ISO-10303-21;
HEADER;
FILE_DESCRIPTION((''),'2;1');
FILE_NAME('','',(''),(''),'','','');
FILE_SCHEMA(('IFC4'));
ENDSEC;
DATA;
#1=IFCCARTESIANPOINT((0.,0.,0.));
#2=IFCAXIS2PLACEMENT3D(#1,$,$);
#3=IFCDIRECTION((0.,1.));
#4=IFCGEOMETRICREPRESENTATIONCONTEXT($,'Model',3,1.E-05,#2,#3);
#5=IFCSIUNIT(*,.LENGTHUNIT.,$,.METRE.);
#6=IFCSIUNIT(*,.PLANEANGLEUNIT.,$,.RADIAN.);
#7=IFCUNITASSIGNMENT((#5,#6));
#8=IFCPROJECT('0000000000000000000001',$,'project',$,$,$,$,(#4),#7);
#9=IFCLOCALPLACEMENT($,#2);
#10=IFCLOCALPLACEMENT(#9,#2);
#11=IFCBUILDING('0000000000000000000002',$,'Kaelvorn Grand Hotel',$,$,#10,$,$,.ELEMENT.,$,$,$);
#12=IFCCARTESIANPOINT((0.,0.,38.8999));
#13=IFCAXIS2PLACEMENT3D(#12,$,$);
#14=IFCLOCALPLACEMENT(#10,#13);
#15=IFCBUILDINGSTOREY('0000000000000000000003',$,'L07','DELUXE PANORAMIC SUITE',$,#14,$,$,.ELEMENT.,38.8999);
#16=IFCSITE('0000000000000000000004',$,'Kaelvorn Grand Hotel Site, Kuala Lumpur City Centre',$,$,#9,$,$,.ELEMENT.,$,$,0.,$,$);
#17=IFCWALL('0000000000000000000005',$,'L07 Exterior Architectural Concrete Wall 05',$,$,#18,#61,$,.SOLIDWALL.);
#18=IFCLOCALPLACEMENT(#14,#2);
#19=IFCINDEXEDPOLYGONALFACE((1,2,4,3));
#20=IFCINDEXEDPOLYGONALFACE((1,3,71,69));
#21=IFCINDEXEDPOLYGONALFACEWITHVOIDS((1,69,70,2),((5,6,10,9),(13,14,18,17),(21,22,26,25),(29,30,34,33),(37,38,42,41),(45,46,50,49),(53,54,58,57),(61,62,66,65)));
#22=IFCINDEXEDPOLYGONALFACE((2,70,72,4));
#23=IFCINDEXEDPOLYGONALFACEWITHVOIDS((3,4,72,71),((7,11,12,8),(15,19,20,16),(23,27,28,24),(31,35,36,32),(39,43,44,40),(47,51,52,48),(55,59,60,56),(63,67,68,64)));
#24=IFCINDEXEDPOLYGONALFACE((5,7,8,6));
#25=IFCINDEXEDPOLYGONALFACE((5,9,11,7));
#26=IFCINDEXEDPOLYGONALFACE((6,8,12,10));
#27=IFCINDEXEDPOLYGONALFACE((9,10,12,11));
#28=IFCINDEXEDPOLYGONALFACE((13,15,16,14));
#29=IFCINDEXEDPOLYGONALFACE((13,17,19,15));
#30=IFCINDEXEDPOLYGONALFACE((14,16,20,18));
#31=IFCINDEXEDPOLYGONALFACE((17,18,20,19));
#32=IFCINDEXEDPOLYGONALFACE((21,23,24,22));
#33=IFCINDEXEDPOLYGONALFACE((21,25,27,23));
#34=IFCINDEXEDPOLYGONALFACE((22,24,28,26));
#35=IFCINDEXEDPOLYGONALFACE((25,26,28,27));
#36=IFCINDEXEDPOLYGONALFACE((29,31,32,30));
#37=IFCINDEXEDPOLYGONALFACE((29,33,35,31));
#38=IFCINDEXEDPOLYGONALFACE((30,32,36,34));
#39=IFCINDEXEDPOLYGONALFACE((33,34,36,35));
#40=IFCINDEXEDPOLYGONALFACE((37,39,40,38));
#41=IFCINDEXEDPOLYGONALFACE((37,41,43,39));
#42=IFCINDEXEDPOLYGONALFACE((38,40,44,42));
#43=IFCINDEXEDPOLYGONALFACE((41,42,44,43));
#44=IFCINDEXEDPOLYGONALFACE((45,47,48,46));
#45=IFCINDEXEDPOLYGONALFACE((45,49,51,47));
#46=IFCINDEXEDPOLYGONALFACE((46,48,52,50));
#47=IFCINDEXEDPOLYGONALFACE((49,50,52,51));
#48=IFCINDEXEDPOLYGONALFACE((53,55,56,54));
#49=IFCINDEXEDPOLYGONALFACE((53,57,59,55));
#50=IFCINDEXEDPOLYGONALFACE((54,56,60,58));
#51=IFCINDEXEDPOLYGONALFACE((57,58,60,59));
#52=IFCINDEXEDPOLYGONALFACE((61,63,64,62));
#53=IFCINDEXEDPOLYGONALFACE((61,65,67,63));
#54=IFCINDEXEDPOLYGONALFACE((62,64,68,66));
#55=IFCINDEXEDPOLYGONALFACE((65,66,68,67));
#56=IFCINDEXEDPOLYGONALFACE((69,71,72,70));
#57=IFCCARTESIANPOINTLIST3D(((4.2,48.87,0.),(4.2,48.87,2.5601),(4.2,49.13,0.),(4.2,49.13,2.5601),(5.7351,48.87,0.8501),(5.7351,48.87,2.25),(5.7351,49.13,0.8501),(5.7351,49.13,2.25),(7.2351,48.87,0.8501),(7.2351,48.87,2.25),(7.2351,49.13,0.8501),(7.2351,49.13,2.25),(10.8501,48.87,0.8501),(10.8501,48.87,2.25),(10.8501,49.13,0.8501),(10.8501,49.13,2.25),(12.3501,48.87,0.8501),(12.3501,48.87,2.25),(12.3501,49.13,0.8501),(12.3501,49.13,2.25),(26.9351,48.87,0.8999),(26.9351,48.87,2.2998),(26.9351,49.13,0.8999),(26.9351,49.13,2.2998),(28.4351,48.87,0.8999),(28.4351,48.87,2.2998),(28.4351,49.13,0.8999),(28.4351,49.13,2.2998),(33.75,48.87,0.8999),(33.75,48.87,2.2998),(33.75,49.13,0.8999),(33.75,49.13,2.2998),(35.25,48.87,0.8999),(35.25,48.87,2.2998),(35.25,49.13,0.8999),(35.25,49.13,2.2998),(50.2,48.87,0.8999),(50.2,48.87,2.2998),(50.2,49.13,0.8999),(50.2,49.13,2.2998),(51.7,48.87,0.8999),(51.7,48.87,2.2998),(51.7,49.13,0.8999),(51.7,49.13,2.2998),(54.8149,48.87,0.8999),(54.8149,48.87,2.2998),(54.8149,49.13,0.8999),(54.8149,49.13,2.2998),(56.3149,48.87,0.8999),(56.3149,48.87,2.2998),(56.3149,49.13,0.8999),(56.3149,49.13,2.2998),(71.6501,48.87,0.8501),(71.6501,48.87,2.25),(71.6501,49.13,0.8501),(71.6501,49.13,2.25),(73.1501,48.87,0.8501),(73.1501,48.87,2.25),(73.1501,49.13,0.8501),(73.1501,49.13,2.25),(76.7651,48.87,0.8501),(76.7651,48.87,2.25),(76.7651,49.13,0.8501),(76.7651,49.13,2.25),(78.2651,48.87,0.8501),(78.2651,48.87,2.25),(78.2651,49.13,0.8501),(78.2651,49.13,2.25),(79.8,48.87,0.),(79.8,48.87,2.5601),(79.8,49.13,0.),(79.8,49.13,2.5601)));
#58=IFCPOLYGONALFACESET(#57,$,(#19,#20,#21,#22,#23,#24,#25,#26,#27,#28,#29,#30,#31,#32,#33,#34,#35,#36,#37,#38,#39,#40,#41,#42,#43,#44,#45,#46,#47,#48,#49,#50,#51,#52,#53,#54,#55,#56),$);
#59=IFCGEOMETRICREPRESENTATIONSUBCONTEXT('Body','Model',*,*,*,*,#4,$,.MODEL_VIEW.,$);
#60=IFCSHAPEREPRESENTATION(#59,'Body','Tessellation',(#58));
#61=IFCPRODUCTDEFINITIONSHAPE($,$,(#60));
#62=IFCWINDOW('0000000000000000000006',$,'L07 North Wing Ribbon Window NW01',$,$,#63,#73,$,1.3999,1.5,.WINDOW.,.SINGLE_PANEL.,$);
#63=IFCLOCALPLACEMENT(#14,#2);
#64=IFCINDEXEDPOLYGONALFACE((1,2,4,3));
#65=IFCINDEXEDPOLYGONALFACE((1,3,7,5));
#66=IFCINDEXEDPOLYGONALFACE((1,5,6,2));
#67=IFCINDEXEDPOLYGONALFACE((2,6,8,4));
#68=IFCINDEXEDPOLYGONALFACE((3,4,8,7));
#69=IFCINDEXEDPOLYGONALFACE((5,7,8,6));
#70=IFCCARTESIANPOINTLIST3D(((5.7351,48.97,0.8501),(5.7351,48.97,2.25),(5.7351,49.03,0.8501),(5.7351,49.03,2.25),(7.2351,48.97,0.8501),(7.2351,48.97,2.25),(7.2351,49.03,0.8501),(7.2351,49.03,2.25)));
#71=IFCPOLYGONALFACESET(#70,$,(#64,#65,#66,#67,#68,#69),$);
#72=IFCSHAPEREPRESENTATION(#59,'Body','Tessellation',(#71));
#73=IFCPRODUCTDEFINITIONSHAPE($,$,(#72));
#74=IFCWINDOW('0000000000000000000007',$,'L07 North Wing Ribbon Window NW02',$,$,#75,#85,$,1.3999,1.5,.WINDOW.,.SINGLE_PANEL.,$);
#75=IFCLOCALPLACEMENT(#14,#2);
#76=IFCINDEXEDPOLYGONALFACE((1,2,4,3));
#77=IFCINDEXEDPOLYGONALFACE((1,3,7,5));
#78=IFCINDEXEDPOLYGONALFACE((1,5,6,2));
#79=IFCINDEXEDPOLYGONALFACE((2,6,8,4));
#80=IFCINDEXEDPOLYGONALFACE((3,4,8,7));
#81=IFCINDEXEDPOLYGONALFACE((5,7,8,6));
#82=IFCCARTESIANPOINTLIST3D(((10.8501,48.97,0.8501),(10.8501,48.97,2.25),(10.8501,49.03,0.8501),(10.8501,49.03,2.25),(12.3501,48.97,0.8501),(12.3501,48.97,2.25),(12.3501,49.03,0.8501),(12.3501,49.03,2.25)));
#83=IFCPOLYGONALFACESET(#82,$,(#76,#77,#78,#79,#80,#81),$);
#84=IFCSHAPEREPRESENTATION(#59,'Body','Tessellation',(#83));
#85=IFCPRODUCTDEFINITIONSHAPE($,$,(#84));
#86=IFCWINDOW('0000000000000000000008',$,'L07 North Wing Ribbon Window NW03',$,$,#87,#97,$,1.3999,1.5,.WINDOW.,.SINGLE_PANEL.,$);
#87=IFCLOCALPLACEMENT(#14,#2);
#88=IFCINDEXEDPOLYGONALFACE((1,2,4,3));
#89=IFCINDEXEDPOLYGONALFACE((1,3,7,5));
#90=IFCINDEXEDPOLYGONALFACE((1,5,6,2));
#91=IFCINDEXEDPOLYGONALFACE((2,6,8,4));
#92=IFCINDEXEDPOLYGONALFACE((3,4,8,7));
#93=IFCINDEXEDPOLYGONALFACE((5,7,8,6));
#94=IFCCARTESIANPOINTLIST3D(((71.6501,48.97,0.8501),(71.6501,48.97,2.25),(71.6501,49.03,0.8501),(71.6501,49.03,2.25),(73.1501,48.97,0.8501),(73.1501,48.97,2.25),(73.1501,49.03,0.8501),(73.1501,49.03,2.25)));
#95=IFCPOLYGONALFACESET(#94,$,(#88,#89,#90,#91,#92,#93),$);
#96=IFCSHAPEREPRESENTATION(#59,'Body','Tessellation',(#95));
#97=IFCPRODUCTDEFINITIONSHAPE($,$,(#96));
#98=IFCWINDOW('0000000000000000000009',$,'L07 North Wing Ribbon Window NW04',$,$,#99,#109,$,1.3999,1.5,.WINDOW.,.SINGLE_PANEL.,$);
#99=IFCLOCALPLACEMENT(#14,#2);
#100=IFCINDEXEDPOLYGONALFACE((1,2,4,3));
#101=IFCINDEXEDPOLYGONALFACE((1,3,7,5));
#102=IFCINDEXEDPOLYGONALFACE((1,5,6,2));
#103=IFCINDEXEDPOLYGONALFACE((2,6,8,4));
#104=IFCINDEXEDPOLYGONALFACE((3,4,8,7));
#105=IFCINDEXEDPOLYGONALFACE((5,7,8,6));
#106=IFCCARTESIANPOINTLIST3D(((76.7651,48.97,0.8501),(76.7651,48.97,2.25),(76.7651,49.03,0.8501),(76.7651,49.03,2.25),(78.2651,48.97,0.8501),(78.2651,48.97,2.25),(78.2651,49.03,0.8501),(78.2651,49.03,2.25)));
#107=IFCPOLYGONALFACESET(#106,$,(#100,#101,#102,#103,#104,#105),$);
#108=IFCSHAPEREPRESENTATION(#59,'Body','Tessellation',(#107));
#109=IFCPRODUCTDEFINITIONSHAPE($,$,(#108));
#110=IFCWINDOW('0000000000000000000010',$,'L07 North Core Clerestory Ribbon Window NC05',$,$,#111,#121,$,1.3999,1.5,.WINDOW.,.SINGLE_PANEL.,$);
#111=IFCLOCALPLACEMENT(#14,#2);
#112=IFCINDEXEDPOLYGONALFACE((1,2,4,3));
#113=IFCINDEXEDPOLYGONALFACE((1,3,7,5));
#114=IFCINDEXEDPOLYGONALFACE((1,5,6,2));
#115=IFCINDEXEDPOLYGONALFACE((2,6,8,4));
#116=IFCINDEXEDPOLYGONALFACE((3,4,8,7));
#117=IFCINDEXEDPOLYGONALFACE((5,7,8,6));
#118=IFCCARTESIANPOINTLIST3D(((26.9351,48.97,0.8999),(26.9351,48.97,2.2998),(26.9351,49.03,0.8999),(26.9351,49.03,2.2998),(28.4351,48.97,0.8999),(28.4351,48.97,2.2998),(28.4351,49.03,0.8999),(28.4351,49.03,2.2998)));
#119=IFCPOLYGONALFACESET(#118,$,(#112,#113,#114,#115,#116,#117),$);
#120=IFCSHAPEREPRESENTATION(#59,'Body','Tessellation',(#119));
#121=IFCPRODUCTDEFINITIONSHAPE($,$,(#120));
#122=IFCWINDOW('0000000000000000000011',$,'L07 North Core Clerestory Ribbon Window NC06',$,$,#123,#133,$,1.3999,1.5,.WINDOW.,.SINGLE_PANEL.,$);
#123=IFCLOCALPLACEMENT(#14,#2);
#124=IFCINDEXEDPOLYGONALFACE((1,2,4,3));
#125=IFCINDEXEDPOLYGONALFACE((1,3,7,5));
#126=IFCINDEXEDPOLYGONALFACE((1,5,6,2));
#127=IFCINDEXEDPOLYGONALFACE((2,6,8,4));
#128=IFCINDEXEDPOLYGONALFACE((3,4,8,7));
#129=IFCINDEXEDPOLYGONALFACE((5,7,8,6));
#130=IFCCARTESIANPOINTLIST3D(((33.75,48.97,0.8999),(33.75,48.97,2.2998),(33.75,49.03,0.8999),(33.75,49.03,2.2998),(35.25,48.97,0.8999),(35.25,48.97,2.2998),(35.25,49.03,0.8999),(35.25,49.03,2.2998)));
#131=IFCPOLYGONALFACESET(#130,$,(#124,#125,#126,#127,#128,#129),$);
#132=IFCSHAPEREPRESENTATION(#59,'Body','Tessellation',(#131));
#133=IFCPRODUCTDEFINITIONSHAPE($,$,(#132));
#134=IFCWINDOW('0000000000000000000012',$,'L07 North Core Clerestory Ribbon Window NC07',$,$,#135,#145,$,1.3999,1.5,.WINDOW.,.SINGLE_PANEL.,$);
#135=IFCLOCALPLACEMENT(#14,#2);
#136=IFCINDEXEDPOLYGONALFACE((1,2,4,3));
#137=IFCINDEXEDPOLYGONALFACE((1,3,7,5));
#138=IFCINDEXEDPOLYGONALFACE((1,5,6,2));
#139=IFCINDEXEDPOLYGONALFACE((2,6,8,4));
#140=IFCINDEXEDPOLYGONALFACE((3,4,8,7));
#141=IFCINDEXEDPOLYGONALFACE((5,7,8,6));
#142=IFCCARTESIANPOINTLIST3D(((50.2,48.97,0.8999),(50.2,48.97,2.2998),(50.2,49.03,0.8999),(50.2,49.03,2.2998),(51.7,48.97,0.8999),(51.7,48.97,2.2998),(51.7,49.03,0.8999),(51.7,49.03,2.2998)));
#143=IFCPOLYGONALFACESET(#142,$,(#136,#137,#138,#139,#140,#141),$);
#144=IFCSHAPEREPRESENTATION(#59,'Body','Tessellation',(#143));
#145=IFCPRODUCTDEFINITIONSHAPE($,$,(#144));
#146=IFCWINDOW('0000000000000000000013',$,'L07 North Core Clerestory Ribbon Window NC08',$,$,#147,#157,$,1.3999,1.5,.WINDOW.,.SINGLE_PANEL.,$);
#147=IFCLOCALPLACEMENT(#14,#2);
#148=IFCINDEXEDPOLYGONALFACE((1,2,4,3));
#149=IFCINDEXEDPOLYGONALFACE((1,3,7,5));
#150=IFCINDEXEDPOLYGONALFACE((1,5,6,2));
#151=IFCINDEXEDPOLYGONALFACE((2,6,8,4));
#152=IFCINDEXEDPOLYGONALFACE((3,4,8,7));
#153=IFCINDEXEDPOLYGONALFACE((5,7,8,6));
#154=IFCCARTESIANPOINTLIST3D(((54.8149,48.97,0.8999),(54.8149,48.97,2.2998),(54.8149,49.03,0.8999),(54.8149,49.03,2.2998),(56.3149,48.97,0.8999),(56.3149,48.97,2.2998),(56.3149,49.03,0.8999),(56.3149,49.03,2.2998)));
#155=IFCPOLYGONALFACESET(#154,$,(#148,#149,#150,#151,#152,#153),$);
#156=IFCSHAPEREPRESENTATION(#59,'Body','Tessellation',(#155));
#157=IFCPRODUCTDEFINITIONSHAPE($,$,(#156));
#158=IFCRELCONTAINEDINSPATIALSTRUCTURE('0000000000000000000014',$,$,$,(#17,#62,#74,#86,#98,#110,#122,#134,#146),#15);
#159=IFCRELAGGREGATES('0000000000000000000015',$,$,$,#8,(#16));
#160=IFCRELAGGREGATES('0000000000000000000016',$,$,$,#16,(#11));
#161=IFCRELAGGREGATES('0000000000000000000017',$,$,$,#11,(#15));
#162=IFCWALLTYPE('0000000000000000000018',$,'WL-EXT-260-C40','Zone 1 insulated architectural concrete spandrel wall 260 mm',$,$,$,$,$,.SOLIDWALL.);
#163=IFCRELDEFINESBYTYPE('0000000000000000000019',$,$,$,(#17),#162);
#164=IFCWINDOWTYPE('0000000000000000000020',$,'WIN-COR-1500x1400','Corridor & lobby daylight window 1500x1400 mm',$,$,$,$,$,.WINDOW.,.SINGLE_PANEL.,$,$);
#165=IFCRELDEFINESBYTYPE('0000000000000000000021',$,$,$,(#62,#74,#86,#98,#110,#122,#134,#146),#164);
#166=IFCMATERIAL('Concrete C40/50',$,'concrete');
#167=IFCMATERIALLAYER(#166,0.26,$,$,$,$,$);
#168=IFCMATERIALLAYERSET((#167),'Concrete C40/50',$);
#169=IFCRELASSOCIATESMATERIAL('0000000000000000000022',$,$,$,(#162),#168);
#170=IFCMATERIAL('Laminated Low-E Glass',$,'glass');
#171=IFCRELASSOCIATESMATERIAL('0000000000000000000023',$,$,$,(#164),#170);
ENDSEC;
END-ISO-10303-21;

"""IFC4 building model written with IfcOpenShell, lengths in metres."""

from ifc_helpers import new_model, si_unit, direction, frame, frame_2d, origin, place, context, subcontext, project, spatial, rectangle, extrude, material, layer, layer_set, type_object, element, fill, save


model = new_model("IFC4")

# Units and contexts
model_context = context("Model", 3, precision=1e-05, world=origin(), true_north=direction((0.0, 1.0)))
body_context = subcontext(model_context, "Body", "Model", "MODEL_VIEW")
ifc_project = project(units=[si_unit("LENGTHUNIT", "METRE"), si_unit("PLANEANGLEUNIT", "RADIAN")], contexts=[model_context])

# Site, building, storey
site_placement = place(None, origin())
site = spatial("IfcSite", under=ifc_project, at=site_placement, Name="Kaelvorn Grand Hotel Site, Kuala Lumpur City Centre", CompositionType="ELEMENT", RefElevation=0.0)
building_placement = place(site_placement, origin())
building = spatial("IfcBuilding", under=site, at=building_placement, Name="Kaelvorn Grand Hotel", CompositionType="ELEMENT")
storey_placement = place(building_placement, frame((0.0, 0.0, 38.8999)))
storey = spatial("IfcBuildingStorey", under=building, at=storey_placement, Name="L07", Description="DELUXE PANORAMIC SUITE", CompositionType="ELEMENT", Elevation=38.8999)

# Shared definitions
ifc_material_1 = material(Name="Concrete C40/50", Category="concrete")
ifc_layer_1 = layer(ifc_material_1, 0.26)
ifc_layer_set_1 = layer_set([ifc_layer_1], Name="Concrete C40/50")
wall_type_1 = type_object("IfcWallType", Name="WL-EXT-260-C40", Description="Zone 1 insulated architectural concrete spandrel wall 260 mm", PredefinedType="SOLIDWALL", material=ifc_layer_set_1)

# Wall, openings, windows
wall_1_placement = place(storey_placement, frame((79.8, 49.0, 0.0), z_axis=(0.0, 0.0, 1.0), x_axis=(-1.0, 0.0, 0.0)))
wall_1 = element("IfcWall", 1, at=wall_1_placement, inside=storey, type_object=wall_type_1, Name="L07 Exterior Architectural Concrete Wall 05", PredefinedType="SOLIDWALL", context=body_context, shape_type="SweptSolid", body=[
    extrude(rectangle(XDim=75.6001, YDim=0.26, at=frame_2d((37.8, 0.0))), origin(), (0.0, 0.0, 1.0), 2.5601),
])
opening_1_placement = place(wall_1_placement, frame((72.5649, 0.0, 0.8501)))
opening_1 = element("IfcOpeningElement", 2, at=opening_1_placement, cuts=wall_1, PredefinedType="OPENING", context=body_context, shape_type="SweptSolid", body=[
    extrude(rectangle(XDim=1.5, YDim=1.3999, at=frame_2d((0.75, 0.7))), frame((0.0, 0.1401, 0.0), z_axis=(0.0, -1.0, 0.0), x_axis=(1.0, 0.0, 0.0)), (0.0, 0.0, 1.0), 0.28),
])
opening_2_placement = place(wall_1_placement, frame((67.45, 0.0, 0.8501)))
opening_2 = element("IfcOpeningElement", 3, at=opening_2_placement, cuts=wall_1, PredefinedType="OPENING", context=body_context, shape_type="SweptSolid", body=[
    extrude(rectangle(XDim=1.5, YDim=1.3999, at=frame_2d((0.75, 0.7))), frame((0.0, 0.1401, 0.0), z_axis=(0.0, -1.0, 0.0), x_axis=(1.0, 0.0, 0.0)), (0.0, 0.0, 1.0), 0.28),
])
opening_3_placement = place(wall_1_placement, frame((6.6499, 0.0, 0.8501)))
opening_3 = element("IfcOpeningElement", 4, at=opening_3_placement, cuts=wall_1, PredefinedType="OPENING", context=body_context, shape_type="SweptSolid", body=[
    extrude(rectangle(XDim=1.5, YDim=1.3999, at=frame_2d((0.75, 0.7))), frame((0.0, 0.1401, 0.0), z_axis=(0.0, -1.0, 0.0), x_axis=(1.0, 0.0, 0.0)), (0.0, 0.0, 1.0), 0.28),
])
opening_4_placement = place(wall_1_placement, frame((1.5349, 0.0, 0.8501)))
opening_4 = element("IfcOpeningElement", 5, at=opening_4_placement, cuts=wall_1, PredefinedType="OPENING", context=body_context, shape_type="SweptSolid", body=[
    extrude(rectangle(XDim=1.5, YDim=1.3999, at=frame_2d((0.75, 0.7))), frame((0.0, 0.1401, 0.0), z_axis=(0.0, -1.0, 0.0), x_axis=(1.0, 0.0, 0.0)), (0.0, 0.0, 1.0), 0.28),
])
opening_5_placement = place(wall_1_placement, frame((51.365, 0.0, 0.8999)))
opening_5 = element("IfcOpeningElement", 6, at=opening_5_placement, cuts=wall_1, PredefinedType="OPENING", context=body_context, shape_type="SweptSolid", body=[
    extrude(rectangle(XDim=1.5, YDim=1.3999, at=frame_2d((0.75, 0.7))), frame((0.0, 0.1401, 0.0), z_axis=(0.0, -1.0, 0.0), x_axis=(1.0, 0.0, 0.0)), (0.0, 0.0, 1.0), 0.28),
])
opening_6_placement = place(wall_1_placement, frame((44.55, 0.0, 0.8999)))
opening_6 = element("IfcOpeningElement", 7, at=opening_6_placement, cuts=wall_1, PredefinedType="OPENING", context=body_context, shape_type="SweptSolid", body=[
    extrude(rectangle(XDim=1.5, YDim=1.3999, at=frame_2d((0.75, 0.7))), frame((0.0, 0.1401, 0.0), z_axis=(0.0, -1.0, 0.0), x_axis=(1.0, 0.0, 0.0)), (0.0, 0.0, 1.0), 0.28),
])
opening_7_placement = place(wall_1_placement, frame((28.1001, 0.0, 0.8999)))
opening_7 = element("IfcOpeningElement", 8, at=opening_7_placement, cuts=wall_1, PredefinedType="OPENING", context=body_context, shape_type="SweptSolid", body=[
    extrude(rectangle(XDim=1.5, YDim=1.3999, at=frame_2d((0.75, 0.7))), frame((0.0, 0.1401, 0.0), z_axis=(0.0, -1.0, 0.0), x_axis=(1.0, 0.0, 0.0)), (0.0, 0.0, 1.0), 0.28),
])
opening_8_placement = place(wall_1_placement, frame((23.4851, 0.0, 0.8999)))
opening_8 = element("IfcOpeningElement", 9, at=opening_8_placement, cuts=wall_1, PredefinedType="OPENING", context=body_context, shape_type="SweptSolid", body=[
    extrude(rectangle(XDim=1.5, YDim=1.3999, at=frame_2d((0.75, 0.7))), frame((0.0, 0.1401, 0.0), z_axis=(0.0, -1.0, 0.0), x_axis=(1.0, 0.0, 0.0)), (0.0, 0.0, 1.0), 0.28),
])
ifc_material_2 = material(Name="Laminated Low-E Glass", Category="glass")
window_type = type_object("IfcWindowType", Name="WIN-COR-1500x1400", Description="Corridor & lobby daylight window 1500x1400 mm", PartitioningType="SINGLE_PANEL", PredefinedType="WINDOW", material=ifc_material_2)
window_1_placement = place(opening_1_placement, origin())
window_1 = element("IfcWindow", 10, at=window_1_placement, inside=storey, type_object=window_type, Name="L07 North Wing Ribbon Window NW01", OverallHeight=1.3999, OverallWidth=1.5, PartitioningType="SINGLE_PANEL", PredefinedType="WINDOW", context=body_context, shape_type="SweptSolid", body=[
    extrude(rectangle(XDim=1.5, YDim=1.3999, at=frame_2d((0.75, 0.7))), frame((0.0, 0.03, 0.0), z_axis=(0.0, -1.0, 0.0), x_axis=(1.0, 0.0, 0.0)), (0.0, 0.0, 1.0), 0.0601),
])
fill(opening_1, window_1)
window_2_placement = place(opening_2_placement, origin())
window_2 = element("IfcWindow", 11, at=window_2_placement, inside=storey, type_object=window_type, Name="L07 North Wing Ribbon Window NW02", OverallHeight=1.3999, OverallWidth=1.5, PartitioningType="SINGLE_PANEL", PredefinedType="WINDOW", context=body_context, shape_type="SweptSolid", body=[
    extrude(rectangle(XDim=1.5, YDim=1.3999, at=frame_2d((0.75, 0.7))), frame((0.0, 0.03, 0.0), z_axis=(0.0, -1.0, 0.0), x_axis=(1.0, 0.0, 0.0)), (0.0, 0.0, 1.0), 0.0601),
])
fill(opening_2, window_2)
window_3_placement = place(opening_3_placement, origin())
window_3 = element("IfcWindow", 12, at=window_3_placement, inside=storey, type_object=window_type, Name="L07 North Wing Ribbon Window NW03", OverallHeight=1.3999, OverallWidth=1.5, PartitioningType="SINGLE_PANEL", PredefinedType="WINDOW", context=body_context, shape_type="SweptSolid", body=[
    extrude(rectangle(XDim=1.5, YDim=1.3999, at=frame_2d((0.75, 0.7))), frame((0.0, 0.03, 0.0), z_axis=(0.0, -1.0, 0.0), x_axis=(1.0, 0.0, 0.0)), (0.0, 0.0, 1.0), 0.0601),
])
fill(opening_3, window_3)
window_4_placement = place(opening_4_placement, origin())
window_4 = element("IfcWindow", 13, at=window_4_placement, inside=storey, type_object=window_type, Name="L07 North Wing Ribbon Window NW04", OverallHeight=1.3999, OverallWidth=1.5, PartitioningType="SINGLE_PANEL", PredefinedType="WINDOW", context=body_context, shape_type="SweptSolid", body=[
    extrude(rectangle(XDim=1.5, YDim=1.3999, at=frame_2d((0.75, 0.7))), frame((0.0, 0.03, 0.0), z_axis=(0.0, -1.0, 0.0), x_axis=(1.0, 0.0, 0.0)), (0.0, 0.0, 1.0), 0.0601),
])
fill(opening_4, window_4)
window_5_placement = place(opening_5_placement, origin())
window_5 = element("IfcWindow", 14, at=window_5_placement, inside=storey, type_object=window_type, Name="L07 North Core Clerestory Ribbon Window NC05", OverallHeight=1.3999, OverallWidth=1.5, PartitioningType="SINGLE_PANEL", PredefinedType="WINDOW", context=body_context, shape_type="SweptSolid", body=[
    extrude(rectangle(XDim=1.5, YDim=1.3999, at=frame_2d((0.75, 0.7))), frame((0.0, 0.03, 0.0), z_axis=(0.0, -1.0, 0.0), x_axis=(1.0, 0.0, 0.0)), (0.0, 0.0, 1.0), 0.0601),
])
fill(opening_5, window_5)
window_6_placement = place(opening_6_placement, origin())
window_6 = element("IfcWindow", 15, at=window_6_placement, inside=storey, type_object=window_type, Name="L07 North Core Clerestory Ribbon Window NC06", OverallHeight=1.3999, OverallWidth=1.5, PartitioningType="SINGLE_PANEL", PredefinedType="WINDOW", context=body_context, shape_type="SweptSolid", body=[
    extrude(rectangle(XDim=1.5, YDim=1.3999, at=frame_2d((0.75, 0.7))), frame((0.0, 0.03, 0.0), z_axis=(0.0, -1.0, 0.0), x_axis=(1.0, 0.0, 0.0)), (0.0, 0.0, 1.0), 0.0601),
])
fill(opening_6, window_6)
window_7_placement = place(opening_7_placement, origin())
window_7 = element("IfcWindow", 16, at=window_7_placement, inside=storey, type_object=window_type, Name="L07 North Core Clerestory Ribbon Window NC07", OverallHeight=1.3999, OverallWidth=1.5, PartitioningType="SINGLE_PANEL", PredefinedType="WINDOW", context=body_context, shape_type="SweptSolid", body=[
    extrude(rectangle(XDim=1.5, YDim=1.3999, at=frame_2d((0.75, 0.7))), frame((0.0, 0.03, 0.0), z_axis=(0.0, -1.0, 0.0), x_axis=(1.0, 0.0, 0.0)), (0.0, 0.0, 1.0), 0.0601),
])
fill(opening_7, window_7)
window_8_placement = place(opening_8_placement, origin())
window_8 = element("IfcWindow", 17, at=window_8_placement, inside=storey, type_object=window_type, Name="L07 North Core Clerestory Ribbon Window NC08", OverallHeight=1.3999, OverallWidth=1.5, PartitioningType="SINGLE_PANEL", PredefinedType="WINDOW", context=body_context, shape_type="SweptSolid", body=[
    extrude(rectangle(XDim=1.5, YDim=1.3999, at=frame_2d((0.75, 0.7))), frame((0.0, 0.03, 0.0), z_axis=(0.0, -1.0, 0.0), x_axis=(1.0, 0.0, 0.0)), (0.0, 0.0, 1.0), 0.0601),
])
fill(opening_8, window_8)

save(model, "model.ifc")
